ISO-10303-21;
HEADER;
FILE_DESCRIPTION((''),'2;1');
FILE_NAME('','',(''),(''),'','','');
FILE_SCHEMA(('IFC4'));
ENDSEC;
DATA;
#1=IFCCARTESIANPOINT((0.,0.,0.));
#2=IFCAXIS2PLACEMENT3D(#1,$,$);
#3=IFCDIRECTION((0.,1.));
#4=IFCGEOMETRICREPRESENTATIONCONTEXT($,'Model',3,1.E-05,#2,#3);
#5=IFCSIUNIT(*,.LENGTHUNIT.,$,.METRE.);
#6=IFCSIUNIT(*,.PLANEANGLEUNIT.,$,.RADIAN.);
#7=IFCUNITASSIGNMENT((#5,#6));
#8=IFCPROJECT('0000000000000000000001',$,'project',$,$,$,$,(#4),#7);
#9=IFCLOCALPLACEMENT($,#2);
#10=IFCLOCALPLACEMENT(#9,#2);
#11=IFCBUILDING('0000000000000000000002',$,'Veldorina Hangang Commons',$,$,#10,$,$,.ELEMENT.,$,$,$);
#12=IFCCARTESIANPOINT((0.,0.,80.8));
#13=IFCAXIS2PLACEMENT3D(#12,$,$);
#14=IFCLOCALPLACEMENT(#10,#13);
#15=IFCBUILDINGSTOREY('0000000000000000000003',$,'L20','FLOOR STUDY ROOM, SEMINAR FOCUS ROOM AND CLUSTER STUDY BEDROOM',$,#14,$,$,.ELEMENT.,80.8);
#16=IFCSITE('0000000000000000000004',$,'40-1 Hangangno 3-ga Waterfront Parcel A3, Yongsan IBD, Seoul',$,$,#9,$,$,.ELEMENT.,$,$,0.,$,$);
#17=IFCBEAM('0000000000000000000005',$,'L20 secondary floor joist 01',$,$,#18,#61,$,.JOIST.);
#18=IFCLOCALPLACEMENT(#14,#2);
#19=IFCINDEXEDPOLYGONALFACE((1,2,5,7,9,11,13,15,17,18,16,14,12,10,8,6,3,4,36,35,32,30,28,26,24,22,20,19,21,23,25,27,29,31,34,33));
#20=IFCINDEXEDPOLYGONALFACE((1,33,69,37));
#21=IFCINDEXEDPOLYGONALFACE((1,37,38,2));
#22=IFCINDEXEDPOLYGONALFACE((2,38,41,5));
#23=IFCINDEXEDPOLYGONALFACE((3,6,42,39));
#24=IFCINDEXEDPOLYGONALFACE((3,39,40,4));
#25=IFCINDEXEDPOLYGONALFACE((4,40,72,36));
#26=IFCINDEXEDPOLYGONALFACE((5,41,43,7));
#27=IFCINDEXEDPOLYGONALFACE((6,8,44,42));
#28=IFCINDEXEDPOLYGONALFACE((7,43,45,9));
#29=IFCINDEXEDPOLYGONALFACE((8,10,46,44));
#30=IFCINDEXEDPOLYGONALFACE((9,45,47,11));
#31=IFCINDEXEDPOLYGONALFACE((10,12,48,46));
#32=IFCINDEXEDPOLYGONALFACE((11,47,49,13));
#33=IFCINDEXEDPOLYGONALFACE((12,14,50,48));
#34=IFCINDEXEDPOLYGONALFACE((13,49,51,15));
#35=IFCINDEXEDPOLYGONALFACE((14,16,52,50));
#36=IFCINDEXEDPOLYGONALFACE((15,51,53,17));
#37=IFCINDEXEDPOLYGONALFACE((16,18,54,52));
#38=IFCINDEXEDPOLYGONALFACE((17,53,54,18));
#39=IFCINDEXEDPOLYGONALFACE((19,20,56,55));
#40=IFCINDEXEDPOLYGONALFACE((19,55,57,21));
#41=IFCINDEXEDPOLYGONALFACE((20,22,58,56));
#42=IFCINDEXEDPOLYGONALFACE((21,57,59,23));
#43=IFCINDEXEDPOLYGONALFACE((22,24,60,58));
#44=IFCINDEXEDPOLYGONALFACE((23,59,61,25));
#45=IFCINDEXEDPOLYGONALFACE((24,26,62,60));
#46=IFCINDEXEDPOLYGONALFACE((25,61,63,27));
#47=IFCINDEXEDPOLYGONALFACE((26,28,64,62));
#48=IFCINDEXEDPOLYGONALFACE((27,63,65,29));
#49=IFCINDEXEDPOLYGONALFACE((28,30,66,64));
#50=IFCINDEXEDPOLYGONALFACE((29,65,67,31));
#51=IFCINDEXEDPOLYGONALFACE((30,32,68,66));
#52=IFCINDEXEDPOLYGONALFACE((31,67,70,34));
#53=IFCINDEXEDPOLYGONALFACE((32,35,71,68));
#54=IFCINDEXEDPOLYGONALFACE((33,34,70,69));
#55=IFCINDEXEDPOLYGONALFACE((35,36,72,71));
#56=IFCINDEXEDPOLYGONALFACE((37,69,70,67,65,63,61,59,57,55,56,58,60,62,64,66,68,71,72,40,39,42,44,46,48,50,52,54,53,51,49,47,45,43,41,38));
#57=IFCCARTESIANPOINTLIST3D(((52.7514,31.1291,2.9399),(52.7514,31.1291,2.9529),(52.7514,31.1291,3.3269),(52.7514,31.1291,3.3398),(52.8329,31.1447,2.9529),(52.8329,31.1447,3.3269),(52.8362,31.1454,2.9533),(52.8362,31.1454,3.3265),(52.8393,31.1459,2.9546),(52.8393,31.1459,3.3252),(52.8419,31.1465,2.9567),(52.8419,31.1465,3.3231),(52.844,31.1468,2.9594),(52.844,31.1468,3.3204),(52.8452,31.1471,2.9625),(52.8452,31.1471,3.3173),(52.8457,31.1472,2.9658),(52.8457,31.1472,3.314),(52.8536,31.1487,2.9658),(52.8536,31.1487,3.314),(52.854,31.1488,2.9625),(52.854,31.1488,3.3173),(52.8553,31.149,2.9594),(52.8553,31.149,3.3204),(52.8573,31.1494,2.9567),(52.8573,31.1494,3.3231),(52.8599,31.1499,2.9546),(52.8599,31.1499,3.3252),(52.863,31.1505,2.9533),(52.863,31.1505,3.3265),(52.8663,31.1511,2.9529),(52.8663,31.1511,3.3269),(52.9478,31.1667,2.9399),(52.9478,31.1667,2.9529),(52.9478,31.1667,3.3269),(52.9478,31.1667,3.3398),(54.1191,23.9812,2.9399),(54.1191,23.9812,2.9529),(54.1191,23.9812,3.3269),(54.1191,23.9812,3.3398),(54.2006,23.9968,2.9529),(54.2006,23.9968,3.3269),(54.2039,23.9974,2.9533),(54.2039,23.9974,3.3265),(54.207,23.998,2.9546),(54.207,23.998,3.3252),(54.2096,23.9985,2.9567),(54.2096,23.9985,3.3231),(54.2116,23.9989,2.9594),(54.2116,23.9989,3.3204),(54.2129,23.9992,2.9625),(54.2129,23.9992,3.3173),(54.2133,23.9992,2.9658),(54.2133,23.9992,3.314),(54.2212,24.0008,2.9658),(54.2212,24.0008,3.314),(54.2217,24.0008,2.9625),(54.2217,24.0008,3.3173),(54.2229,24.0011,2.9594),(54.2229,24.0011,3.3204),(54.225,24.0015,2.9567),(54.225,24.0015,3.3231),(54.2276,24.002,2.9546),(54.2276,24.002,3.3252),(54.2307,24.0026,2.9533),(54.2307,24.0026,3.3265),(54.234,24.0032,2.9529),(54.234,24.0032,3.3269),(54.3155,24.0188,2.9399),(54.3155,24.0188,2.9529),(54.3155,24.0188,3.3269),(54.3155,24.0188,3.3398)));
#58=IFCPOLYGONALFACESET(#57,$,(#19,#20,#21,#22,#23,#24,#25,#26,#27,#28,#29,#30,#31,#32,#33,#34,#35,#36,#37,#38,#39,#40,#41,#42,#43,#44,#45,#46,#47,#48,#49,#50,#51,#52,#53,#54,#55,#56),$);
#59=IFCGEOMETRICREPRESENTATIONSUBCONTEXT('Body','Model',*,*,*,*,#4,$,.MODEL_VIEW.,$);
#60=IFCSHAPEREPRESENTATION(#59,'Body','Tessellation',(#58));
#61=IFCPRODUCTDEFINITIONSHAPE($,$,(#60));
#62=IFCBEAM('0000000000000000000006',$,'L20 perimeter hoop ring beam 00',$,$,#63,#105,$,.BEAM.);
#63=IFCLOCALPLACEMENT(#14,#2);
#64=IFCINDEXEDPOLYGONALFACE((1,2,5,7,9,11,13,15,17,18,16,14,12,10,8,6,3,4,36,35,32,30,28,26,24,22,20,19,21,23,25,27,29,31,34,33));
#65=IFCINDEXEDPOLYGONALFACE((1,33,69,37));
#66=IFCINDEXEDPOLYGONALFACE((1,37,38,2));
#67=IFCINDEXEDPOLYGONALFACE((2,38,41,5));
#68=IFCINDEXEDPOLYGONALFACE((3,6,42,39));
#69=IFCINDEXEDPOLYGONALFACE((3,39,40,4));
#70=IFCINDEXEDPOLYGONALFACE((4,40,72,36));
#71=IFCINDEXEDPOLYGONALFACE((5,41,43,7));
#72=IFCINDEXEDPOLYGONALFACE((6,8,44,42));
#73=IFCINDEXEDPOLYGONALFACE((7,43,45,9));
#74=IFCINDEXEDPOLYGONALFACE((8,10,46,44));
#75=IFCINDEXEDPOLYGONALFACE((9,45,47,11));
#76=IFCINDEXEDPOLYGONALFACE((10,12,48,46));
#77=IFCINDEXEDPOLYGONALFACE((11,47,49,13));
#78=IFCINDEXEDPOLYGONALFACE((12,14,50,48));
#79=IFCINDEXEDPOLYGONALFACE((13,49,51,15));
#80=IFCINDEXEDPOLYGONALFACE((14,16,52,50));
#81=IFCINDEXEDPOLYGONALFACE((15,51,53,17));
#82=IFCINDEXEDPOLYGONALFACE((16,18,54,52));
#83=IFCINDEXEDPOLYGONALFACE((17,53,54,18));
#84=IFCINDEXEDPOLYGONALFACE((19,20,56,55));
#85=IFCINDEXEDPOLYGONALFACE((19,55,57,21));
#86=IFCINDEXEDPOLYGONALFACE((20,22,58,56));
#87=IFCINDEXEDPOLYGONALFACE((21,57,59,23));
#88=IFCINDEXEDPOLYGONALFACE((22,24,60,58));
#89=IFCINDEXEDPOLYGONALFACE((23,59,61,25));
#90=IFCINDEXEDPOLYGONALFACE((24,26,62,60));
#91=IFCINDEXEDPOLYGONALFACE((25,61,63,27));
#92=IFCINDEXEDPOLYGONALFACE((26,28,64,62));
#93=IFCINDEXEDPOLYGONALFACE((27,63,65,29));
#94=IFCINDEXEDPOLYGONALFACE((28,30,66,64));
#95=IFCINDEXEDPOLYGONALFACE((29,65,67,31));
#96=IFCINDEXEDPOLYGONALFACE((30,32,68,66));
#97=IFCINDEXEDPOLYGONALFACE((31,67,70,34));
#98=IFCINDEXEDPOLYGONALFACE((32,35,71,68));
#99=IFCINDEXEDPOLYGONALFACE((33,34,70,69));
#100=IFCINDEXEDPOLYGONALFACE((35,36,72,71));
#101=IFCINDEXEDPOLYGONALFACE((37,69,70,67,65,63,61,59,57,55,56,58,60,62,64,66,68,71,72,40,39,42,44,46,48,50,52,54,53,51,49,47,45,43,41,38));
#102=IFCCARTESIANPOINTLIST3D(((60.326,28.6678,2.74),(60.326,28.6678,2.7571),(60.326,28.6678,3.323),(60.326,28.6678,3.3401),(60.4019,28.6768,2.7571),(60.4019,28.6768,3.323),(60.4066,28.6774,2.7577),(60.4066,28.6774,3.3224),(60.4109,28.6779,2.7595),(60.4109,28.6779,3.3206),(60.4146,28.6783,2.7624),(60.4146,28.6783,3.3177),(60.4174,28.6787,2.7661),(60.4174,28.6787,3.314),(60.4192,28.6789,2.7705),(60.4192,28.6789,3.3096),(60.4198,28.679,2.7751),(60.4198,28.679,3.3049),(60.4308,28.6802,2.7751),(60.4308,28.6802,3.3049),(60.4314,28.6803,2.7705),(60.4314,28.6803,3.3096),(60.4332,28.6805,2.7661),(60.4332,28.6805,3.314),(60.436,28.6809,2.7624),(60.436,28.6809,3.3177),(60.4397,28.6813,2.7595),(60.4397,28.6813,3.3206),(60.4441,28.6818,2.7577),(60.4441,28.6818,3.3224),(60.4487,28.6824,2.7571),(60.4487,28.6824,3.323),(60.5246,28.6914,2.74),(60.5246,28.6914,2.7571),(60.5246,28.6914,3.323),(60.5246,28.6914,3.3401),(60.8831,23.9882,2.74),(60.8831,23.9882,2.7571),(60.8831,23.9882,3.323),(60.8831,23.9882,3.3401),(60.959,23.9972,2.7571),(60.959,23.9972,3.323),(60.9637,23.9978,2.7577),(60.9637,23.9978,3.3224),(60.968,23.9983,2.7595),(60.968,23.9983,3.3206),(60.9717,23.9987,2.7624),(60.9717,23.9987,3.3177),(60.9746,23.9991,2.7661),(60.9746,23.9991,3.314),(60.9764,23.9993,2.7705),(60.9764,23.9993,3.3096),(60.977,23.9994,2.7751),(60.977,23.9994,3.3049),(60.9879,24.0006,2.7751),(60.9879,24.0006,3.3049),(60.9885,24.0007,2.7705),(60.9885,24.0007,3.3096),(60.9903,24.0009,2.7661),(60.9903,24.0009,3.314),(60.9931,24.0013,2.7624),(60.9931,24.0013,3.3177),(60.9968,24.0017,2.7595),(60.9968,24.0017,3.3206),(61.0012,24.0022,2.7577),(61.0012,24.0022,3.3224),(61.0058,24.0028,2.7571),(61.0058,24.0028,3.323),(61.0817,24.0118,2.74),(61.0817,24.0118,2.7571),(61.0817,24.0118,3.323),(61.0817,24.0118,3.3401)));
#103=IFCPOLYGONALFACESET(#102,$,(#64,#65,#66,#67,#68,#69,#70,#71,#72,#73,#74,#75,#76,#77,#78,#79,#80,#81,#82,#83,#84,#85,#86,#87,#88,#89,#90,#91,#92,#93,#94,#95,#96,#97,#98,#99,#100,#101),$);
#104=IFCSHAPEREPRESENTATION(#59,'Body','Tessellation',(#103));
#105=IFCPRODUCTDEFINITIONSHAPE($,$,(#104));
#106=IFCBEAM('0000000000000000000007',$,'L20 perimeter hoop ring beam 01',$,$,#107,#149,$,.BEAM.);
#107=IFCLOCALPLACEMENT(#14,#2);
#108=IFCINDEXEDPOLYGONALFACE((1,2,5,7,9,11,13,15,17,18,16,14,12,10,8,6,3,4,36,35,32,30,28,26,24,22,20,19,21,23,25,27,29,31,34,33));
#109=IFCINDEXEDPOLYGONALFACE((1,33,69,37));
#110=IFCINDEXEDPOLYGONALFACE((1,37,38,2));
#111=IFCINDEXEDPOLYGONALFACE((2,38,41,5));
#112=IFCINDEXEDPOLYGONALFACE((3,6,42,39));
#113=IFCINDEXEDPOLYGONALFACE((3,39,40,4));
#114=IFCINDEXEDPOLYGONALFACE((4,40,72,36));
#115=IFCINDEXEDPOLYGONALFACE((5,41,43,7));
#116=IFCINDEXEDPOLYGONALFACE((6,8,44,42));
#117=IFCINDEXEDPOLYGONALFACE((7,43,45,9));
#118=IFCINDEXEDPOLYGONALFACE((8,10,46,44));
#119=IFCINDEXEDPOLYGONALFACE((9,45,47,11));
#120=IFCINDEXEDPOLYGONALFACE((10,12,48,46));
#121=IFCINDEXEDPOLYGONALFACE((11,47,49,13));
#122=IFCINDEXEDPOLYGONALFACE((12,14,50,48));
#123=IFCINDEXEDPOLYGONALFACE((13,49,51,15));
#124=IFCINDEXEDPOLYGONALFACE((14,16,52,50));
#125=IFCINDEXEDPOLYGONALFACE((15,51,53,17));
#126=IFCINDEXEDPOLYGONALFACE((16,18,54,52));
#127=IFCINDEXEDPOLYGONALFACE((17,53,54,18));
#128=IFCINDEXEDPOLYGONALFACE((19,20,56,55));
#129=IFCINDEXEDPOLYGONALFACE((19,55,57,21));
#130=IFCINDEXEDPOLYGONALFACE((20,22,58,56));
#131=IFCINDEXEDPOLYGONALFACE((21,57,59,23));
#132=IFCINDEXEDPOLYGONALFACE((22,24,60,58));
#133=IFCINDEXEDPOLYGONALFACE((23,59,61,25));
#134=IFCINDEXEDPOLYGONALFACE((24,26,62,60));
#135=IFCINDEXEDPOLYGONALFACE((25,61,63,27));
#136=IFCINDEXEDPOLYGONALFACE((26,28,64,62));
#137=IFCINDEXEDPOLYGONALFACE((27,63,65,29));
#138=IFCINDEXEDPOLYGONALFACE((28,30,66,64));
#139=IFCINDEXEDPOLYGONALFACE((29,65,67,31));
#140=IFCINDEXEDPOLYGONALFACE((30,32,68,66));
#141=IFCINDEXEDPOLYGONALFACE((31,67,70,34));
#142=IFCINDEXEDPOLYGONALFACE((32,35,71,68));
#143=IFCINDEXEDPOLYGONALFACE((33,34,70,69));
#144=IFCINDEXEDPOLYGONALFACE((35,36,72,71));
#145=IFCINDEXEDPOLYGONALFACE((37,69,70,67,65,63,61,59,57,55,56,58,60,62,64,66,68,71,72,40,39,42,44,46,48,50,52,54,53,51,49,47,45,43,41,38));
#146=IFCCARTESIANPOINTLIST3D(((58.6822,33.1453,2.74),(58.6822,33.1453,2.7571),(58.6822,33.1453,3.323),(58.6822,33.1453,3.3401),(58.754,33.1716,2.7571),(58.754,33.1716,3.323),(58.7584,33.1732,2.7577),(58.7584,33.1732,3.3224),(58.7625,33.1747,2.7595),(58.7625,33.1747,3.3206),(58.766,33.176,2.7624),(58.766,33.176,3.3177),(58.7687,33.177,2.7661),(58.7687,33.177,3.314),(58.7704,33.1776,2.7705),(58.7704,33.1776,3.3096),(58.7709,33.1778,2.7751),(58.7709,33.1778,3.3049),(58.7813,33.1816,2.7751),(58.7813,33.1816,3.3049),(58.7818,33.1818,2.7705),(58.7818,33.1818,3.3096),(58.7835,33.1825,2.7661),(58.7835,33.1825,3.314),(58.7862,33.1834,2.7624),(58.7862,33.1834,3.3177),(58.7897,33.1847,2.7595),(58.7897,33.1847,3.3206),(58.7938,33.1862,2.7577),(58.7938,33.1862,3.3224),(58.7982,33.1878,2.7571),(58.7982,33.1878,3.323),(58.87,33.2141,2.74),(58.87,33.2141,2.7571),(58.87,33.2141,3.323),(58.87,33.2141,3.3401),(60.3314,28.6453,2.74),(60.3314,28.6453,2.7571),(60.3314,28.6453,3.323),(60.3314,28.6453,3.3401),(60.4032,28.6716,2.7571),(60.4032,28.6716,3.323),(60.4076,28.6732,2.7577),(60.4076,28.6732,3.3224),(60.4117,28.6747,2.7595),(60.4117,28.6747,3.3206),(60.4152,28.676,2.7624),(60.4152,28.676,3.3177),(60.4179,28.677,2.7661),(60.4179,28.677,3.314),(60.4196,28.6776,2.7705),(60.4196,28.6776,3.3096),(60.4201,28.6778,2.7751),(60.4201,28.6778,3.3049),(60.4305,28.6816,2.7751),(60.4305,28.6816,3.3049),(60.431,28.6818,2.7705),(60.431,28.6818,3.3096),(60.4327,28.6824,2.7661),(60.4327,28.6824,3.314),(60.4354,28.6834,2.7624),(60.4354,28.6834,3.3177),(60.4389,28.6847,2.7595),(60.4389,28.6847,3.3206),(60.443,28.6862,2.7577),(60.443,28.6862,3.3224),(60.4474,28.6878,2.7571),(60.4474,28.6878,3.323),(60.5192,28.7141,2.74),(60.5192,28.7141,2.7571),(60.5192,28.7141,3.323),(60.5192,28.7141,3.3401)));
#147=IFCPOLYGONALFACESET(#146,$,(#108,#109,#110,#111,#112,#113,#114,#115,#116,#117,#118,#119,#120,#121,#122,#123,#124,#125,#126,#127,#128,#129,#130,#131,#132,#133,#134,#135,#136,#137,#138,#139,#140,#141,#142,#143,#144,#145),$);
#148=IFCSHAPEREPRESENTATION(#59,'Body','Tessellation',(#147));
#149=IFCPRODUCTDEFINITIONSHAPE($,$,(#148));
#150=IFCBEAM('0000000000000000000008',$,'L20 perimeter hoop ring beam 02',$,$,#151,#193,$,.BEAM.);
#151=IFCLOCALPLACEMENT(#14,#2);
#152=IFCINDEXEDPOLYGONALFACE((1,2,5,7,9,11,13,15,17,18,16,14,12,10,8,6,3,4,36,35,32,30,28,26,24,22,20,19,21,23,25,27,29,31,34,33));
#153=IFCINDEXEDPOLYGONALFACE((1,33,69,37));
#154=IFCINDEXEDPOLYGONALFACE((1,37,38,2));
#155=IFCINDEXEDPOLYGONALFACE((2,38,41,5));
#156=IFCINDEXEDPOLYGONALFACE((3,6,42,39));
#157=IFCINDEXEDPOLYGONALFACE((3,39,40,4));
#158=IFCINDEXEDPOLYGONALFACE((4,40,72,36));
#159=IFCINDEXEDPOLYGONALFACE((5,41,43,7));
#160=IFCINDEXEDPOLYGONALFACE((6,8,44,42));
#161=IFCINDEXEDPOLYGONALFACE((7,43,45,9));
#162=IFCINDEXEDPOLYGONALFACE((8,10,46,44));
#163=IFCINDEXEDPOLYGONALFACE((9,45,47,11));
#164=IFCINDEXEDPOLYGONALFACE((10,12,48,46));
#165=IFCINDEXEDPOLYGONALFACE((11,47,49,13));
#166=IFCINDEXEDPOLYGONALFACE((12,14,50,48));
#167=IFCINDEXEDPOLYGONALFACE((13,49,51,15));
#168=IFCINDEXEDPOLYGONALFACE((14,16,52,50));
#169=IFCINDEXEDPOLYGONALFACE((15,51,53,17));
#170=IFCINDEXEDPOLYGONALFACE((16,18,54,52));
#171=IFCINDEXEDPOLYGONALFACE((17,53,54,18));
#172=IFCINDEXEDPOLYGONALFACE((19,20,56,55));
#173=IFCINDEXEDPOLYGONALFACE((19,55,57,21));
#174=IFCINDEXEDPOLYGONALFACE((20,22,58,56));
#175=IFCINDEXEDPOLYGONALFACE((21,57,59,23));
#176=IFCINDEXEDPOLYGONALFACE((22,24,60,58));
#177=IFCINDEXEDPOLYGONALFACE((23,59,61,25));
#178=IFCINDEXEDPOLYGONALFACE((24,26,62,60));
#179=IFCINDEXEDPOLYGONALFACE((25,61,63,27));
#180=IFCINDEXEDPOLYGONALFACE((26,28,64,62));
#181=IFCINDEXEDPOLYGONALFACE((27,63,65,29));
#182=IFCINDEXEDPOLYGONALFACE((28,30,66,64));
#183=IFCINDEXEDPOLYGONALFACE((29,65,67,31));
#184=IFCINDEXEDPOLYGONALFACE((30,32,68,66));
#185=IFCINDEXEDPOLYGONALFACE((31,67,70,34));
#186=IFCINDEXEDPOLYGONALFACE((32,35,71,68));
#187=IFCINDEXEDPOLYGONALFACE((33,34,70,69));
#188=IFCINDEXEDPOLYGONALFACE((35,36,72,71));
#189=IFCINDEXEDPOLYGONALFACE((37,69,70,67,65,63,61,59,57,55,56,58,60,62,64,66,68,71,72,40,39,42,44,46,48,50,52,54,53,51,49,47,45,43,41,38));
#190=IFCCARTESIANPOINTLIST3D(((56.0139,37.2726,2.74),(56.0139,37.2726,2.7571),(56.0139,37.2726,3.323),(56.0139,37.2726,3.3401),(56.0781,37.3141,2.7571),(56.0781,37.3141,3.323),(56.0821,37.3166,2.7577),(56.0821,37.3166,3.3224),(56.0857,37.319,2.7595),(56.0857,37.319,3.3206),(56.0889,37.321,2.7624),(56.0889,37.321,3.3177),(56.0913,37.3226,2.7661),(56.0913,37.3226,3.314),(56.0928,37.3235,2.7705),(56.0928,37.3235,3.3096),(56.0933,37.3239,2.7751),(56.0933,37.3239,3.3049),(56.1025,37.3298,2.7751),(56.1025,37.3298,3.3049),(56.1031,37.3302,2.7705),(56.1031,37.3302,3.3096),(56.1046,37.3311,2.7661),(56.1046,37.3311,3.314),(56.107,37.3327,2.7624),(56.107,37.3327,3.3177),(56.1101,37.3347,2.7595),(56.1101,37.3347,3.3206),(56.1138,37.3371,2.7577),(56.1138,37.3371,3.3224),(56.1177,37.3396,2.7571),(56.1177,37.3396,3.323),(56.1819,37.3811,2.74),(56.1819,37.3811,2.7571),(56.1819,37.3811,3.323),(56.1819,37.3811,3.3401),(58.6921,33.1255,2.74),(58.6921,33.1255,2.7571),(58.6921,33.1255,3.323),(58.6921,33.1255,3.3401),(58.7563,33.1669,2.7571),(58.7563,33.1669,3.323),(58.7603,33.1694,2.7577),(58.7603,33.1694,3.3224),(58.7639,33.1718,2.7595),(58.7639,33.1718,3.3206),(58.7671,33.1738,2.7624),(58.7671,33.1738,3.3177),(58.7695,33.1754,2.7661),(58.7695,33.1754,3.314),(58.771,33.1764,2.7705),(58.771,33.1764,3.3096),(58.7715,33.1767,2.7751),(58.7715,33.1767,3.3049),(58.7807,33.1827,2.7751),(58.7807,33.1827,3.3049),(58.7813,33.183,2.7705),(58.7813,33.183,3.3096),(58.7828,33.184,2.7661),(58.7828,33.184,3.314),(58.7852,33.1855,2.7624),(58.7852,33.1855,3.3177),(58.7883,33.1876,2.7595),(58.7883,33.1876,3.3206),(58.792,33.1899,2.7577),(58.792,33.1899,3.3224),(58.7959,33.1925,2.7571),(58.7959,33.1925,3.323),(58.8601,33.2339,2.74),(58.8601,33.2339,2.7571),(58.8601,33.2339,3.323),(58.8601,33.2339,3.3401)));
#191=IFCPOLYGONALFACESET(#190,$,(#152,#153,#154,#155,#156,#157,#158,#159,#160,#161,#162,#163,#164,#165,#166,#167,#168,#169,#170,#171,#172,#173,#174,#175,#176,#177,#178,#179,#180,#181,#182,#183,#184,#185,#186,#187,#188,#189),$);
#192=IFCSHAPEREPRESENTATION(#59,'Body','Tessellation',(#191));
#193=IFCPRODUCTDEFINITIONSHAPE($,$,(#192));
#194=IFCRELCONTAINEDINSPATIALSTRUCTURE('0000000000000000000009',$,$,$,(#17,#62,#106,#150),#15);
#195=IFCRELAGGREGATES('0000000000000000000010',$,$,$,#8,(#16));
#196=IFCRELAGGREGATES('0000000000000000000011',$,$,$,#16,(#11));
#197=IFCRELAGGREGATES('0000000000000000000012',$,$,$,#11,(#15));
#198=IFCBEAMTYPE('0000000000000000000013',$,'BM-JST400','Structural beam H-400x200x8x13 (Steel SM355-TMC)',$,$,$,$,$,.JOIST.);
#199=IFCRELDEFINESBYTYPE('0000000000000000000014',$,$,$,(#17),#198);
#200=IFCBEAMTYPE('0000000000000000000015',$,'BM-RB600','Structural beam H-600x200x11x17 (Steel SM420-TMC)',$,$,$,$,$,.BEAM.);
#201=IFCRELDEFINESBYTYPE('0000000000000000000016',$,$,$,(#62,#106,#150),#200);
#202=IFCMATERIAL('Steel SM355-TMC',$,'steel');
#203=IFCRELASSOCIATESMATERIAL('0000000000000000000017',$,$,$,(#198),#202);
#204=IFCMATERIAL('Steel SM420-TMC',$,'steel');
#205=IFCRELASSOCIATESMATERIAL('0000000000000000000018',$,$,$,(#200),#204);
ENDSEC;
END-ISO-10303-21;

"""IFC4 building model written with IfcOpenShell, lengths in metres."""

from ifc_helpers import new_model, si_unit, direction, frame, origin, origin_2d, place, context, subcontext, project, spatial, i_section, extrude, material, material_profile, profile_set, type_object, element, save


model = new_model("IFC4")

# Units and contexts
model_context = context("Model", 3, precision=1e-05, world=origin(), true_north=direction((0.0, 1.0)))
body_context = subcontext(model_context, "Body", "Model", "MODEL_VIEW")
ifc_project = project(units=[si_unit("LENGTHUNIT", "METRE"), si_unit("PLANEANGLEUNIT", "RADIAN")], contexts=[model_context])

# Site, building, storey
site_placement = place(None, origin())
site = spatial("IfcSite", under=ifc_project, at=site_placement, Name="40-1 Hangangno 3-ga Waterfront Parcel A3, Yongsan IBD, Seoul", CompositionType="ELEMENT", RefElevation=0.0)
building_placement = place(site_placement, origin())
building = spatial("IfcBuilding", under=site, at=building_placement, Name="Veldorina Hangang Commons", CompositionType="ELEMENT")
storey_placement = place(building_placement, frame((0.0, 0.0, 80.8)))
storey = spatial("IfcBuildingStorey", under=building, at=storey_placement, Name="L20", Description="FLOOR STUDY ROOM, SEMINAR FOCUS ROOM AND CLUSTER STUDY BEDROOM", CompositionType="ELEMENT", Elevation=80.8)

# Beams
ifc_material_1 = material(Name="Steel SM355-TMC", Category="steel")
ifc_material_profile_1 = material_profile(ifc_material_1, i_section(OverallWidth=0.2, OverallDepth=0.3999, WebThickness=0.0081, FlangeThickness=0.0129, FilletRadius=0.0129, at=origin_2d()), Name="H-400x200x8x13")
ifc_profile_set_1 = profile_set([ifc_material_profile_1], Name="Steel SM355-TMC")
beam_type_1 = type_object("IfcBeamType", Name="BM-JST400", Description="Structural beam H-400x200x8x13 (Steel SM355-TMC)", PredefinedType="JOIST", material=ifc_profile_set_1)
beam_1_placement = place(storey_placement, frame((54.2173, 24.0, 3.1399), z_axis=(-0.187929, 0.982183, 0.0), x_axis=(-0.982183, -0.187929, 0.0)))
element("IfcBeam", 1, at=beam_1_placement, inside=storey, type_object=beam_type_1, Name="L20 secondary floor joist 01", PredefinedType="JOIST", context=body_context, shape_type="SweptSolid", body=[
    extrude(i_section(OverallWidth=0.2, OverallDepth=0.3999, WebThickness=0.0081, FlangeThickness=0.0129, FilletRadius=0.0129, at=origin_2d()), origin(), (0.0, 0.0, 1.0), 7.2776),
])
ifc_material_2 = material(Name="Steel SM420-TMC", Category="steel")
ifc_material_profile_2 = material_profile(ifc_material_2, i_section(OverallWidth=0.2, OverallDepth=0.6001, WebThickness=0.011, FlangeThickness=0.0171, FilletRadius=0.0181, at=origin_2d()), Name="H-600x200x11x17")
ifc_profile_set_2 = profile_set([ifc_material_profile_2], Name="Steel SM420-TMC")
beam_type_2 = type_object("IfcBeamType", Name="BM-RB600", Description="Structural beam H-600x200x11x17 (Steel SM420-TMC)", PredefinedType="BEAM", material=ifc_profile_set_2)
beam_2_placement = place(storey_placement, frame((60.9824, 24.0, 3.04), z_axis=(-0.118218, 0.992988, 0.0), x_axis=(-0.992988, -0.118218, 0.0)))
element("IfcBeam", 2, at=beam_2_placement, inside=storey, type_object=beam_type_2, Name="L20 perimeter hoop ring beam 00", PredefinedType="BEAM", context=body_context, shape_type="SweptSolid", body=[
    extrude(i_section(OverallWidth=0.2, OverallDepth=0.6001, WebThickness=0.011, FlangeThickness=0.0171, FilletRadius=0.0181, at=origin_2d()), origin(), (0.0, 0.0, 1.0), 4.7126),
])
beam_3_placement = place(storey_placement, frame((60.4253, 28.6797, 3.04), z_axis=(-0.344102, 0.938932, 0.0), x_axis=(-0.938932, -0.344102, 0.0)))
element("IfcBeam", 3, at=beam_3_placement, inside=storey, type_object=beam_type_2, Name="L20 perimeter hoop ring beam 01", PredefinedType="BEAM", context=body_context, shape_type="SweptSolid", body=[
    extrude(i_section(OverallWidth=0.2, OverallDepth=0.6001, WebThickness=0.011, FlangeThickness=0.0171, FilletRadius=0.0181, at=origin_2d()), origin(), (0.0, 0.0, 1.0), 4.7927),
])
beam_4_placement = place(storey_placement, frame((58.7761, 33.1797, 3.04), z_axis=(-0.542499, 0.840057, 0.0), x_axis=(-0.840057, -0.542499, 0.0)))
element("IfcBeam", 4, at=beam_4_placement, inside=storey, type_object=beam_type_2, Name="L20 perimeter hoop ring beam 02", PredefinedType="BEAM", context=body_context, shape_type="SweptSolid", body=[
    extrude(i_section(OverallWidth=0.2, OverallDepth=0.6001, WebThickness=0.011, FlangeThickness=0.0171, FilletRadius=0.0181, at=origin_2d()), origin(), (0.0, 0.0, 1.0), 4.9368),
])

save(model, "model.ifc")
